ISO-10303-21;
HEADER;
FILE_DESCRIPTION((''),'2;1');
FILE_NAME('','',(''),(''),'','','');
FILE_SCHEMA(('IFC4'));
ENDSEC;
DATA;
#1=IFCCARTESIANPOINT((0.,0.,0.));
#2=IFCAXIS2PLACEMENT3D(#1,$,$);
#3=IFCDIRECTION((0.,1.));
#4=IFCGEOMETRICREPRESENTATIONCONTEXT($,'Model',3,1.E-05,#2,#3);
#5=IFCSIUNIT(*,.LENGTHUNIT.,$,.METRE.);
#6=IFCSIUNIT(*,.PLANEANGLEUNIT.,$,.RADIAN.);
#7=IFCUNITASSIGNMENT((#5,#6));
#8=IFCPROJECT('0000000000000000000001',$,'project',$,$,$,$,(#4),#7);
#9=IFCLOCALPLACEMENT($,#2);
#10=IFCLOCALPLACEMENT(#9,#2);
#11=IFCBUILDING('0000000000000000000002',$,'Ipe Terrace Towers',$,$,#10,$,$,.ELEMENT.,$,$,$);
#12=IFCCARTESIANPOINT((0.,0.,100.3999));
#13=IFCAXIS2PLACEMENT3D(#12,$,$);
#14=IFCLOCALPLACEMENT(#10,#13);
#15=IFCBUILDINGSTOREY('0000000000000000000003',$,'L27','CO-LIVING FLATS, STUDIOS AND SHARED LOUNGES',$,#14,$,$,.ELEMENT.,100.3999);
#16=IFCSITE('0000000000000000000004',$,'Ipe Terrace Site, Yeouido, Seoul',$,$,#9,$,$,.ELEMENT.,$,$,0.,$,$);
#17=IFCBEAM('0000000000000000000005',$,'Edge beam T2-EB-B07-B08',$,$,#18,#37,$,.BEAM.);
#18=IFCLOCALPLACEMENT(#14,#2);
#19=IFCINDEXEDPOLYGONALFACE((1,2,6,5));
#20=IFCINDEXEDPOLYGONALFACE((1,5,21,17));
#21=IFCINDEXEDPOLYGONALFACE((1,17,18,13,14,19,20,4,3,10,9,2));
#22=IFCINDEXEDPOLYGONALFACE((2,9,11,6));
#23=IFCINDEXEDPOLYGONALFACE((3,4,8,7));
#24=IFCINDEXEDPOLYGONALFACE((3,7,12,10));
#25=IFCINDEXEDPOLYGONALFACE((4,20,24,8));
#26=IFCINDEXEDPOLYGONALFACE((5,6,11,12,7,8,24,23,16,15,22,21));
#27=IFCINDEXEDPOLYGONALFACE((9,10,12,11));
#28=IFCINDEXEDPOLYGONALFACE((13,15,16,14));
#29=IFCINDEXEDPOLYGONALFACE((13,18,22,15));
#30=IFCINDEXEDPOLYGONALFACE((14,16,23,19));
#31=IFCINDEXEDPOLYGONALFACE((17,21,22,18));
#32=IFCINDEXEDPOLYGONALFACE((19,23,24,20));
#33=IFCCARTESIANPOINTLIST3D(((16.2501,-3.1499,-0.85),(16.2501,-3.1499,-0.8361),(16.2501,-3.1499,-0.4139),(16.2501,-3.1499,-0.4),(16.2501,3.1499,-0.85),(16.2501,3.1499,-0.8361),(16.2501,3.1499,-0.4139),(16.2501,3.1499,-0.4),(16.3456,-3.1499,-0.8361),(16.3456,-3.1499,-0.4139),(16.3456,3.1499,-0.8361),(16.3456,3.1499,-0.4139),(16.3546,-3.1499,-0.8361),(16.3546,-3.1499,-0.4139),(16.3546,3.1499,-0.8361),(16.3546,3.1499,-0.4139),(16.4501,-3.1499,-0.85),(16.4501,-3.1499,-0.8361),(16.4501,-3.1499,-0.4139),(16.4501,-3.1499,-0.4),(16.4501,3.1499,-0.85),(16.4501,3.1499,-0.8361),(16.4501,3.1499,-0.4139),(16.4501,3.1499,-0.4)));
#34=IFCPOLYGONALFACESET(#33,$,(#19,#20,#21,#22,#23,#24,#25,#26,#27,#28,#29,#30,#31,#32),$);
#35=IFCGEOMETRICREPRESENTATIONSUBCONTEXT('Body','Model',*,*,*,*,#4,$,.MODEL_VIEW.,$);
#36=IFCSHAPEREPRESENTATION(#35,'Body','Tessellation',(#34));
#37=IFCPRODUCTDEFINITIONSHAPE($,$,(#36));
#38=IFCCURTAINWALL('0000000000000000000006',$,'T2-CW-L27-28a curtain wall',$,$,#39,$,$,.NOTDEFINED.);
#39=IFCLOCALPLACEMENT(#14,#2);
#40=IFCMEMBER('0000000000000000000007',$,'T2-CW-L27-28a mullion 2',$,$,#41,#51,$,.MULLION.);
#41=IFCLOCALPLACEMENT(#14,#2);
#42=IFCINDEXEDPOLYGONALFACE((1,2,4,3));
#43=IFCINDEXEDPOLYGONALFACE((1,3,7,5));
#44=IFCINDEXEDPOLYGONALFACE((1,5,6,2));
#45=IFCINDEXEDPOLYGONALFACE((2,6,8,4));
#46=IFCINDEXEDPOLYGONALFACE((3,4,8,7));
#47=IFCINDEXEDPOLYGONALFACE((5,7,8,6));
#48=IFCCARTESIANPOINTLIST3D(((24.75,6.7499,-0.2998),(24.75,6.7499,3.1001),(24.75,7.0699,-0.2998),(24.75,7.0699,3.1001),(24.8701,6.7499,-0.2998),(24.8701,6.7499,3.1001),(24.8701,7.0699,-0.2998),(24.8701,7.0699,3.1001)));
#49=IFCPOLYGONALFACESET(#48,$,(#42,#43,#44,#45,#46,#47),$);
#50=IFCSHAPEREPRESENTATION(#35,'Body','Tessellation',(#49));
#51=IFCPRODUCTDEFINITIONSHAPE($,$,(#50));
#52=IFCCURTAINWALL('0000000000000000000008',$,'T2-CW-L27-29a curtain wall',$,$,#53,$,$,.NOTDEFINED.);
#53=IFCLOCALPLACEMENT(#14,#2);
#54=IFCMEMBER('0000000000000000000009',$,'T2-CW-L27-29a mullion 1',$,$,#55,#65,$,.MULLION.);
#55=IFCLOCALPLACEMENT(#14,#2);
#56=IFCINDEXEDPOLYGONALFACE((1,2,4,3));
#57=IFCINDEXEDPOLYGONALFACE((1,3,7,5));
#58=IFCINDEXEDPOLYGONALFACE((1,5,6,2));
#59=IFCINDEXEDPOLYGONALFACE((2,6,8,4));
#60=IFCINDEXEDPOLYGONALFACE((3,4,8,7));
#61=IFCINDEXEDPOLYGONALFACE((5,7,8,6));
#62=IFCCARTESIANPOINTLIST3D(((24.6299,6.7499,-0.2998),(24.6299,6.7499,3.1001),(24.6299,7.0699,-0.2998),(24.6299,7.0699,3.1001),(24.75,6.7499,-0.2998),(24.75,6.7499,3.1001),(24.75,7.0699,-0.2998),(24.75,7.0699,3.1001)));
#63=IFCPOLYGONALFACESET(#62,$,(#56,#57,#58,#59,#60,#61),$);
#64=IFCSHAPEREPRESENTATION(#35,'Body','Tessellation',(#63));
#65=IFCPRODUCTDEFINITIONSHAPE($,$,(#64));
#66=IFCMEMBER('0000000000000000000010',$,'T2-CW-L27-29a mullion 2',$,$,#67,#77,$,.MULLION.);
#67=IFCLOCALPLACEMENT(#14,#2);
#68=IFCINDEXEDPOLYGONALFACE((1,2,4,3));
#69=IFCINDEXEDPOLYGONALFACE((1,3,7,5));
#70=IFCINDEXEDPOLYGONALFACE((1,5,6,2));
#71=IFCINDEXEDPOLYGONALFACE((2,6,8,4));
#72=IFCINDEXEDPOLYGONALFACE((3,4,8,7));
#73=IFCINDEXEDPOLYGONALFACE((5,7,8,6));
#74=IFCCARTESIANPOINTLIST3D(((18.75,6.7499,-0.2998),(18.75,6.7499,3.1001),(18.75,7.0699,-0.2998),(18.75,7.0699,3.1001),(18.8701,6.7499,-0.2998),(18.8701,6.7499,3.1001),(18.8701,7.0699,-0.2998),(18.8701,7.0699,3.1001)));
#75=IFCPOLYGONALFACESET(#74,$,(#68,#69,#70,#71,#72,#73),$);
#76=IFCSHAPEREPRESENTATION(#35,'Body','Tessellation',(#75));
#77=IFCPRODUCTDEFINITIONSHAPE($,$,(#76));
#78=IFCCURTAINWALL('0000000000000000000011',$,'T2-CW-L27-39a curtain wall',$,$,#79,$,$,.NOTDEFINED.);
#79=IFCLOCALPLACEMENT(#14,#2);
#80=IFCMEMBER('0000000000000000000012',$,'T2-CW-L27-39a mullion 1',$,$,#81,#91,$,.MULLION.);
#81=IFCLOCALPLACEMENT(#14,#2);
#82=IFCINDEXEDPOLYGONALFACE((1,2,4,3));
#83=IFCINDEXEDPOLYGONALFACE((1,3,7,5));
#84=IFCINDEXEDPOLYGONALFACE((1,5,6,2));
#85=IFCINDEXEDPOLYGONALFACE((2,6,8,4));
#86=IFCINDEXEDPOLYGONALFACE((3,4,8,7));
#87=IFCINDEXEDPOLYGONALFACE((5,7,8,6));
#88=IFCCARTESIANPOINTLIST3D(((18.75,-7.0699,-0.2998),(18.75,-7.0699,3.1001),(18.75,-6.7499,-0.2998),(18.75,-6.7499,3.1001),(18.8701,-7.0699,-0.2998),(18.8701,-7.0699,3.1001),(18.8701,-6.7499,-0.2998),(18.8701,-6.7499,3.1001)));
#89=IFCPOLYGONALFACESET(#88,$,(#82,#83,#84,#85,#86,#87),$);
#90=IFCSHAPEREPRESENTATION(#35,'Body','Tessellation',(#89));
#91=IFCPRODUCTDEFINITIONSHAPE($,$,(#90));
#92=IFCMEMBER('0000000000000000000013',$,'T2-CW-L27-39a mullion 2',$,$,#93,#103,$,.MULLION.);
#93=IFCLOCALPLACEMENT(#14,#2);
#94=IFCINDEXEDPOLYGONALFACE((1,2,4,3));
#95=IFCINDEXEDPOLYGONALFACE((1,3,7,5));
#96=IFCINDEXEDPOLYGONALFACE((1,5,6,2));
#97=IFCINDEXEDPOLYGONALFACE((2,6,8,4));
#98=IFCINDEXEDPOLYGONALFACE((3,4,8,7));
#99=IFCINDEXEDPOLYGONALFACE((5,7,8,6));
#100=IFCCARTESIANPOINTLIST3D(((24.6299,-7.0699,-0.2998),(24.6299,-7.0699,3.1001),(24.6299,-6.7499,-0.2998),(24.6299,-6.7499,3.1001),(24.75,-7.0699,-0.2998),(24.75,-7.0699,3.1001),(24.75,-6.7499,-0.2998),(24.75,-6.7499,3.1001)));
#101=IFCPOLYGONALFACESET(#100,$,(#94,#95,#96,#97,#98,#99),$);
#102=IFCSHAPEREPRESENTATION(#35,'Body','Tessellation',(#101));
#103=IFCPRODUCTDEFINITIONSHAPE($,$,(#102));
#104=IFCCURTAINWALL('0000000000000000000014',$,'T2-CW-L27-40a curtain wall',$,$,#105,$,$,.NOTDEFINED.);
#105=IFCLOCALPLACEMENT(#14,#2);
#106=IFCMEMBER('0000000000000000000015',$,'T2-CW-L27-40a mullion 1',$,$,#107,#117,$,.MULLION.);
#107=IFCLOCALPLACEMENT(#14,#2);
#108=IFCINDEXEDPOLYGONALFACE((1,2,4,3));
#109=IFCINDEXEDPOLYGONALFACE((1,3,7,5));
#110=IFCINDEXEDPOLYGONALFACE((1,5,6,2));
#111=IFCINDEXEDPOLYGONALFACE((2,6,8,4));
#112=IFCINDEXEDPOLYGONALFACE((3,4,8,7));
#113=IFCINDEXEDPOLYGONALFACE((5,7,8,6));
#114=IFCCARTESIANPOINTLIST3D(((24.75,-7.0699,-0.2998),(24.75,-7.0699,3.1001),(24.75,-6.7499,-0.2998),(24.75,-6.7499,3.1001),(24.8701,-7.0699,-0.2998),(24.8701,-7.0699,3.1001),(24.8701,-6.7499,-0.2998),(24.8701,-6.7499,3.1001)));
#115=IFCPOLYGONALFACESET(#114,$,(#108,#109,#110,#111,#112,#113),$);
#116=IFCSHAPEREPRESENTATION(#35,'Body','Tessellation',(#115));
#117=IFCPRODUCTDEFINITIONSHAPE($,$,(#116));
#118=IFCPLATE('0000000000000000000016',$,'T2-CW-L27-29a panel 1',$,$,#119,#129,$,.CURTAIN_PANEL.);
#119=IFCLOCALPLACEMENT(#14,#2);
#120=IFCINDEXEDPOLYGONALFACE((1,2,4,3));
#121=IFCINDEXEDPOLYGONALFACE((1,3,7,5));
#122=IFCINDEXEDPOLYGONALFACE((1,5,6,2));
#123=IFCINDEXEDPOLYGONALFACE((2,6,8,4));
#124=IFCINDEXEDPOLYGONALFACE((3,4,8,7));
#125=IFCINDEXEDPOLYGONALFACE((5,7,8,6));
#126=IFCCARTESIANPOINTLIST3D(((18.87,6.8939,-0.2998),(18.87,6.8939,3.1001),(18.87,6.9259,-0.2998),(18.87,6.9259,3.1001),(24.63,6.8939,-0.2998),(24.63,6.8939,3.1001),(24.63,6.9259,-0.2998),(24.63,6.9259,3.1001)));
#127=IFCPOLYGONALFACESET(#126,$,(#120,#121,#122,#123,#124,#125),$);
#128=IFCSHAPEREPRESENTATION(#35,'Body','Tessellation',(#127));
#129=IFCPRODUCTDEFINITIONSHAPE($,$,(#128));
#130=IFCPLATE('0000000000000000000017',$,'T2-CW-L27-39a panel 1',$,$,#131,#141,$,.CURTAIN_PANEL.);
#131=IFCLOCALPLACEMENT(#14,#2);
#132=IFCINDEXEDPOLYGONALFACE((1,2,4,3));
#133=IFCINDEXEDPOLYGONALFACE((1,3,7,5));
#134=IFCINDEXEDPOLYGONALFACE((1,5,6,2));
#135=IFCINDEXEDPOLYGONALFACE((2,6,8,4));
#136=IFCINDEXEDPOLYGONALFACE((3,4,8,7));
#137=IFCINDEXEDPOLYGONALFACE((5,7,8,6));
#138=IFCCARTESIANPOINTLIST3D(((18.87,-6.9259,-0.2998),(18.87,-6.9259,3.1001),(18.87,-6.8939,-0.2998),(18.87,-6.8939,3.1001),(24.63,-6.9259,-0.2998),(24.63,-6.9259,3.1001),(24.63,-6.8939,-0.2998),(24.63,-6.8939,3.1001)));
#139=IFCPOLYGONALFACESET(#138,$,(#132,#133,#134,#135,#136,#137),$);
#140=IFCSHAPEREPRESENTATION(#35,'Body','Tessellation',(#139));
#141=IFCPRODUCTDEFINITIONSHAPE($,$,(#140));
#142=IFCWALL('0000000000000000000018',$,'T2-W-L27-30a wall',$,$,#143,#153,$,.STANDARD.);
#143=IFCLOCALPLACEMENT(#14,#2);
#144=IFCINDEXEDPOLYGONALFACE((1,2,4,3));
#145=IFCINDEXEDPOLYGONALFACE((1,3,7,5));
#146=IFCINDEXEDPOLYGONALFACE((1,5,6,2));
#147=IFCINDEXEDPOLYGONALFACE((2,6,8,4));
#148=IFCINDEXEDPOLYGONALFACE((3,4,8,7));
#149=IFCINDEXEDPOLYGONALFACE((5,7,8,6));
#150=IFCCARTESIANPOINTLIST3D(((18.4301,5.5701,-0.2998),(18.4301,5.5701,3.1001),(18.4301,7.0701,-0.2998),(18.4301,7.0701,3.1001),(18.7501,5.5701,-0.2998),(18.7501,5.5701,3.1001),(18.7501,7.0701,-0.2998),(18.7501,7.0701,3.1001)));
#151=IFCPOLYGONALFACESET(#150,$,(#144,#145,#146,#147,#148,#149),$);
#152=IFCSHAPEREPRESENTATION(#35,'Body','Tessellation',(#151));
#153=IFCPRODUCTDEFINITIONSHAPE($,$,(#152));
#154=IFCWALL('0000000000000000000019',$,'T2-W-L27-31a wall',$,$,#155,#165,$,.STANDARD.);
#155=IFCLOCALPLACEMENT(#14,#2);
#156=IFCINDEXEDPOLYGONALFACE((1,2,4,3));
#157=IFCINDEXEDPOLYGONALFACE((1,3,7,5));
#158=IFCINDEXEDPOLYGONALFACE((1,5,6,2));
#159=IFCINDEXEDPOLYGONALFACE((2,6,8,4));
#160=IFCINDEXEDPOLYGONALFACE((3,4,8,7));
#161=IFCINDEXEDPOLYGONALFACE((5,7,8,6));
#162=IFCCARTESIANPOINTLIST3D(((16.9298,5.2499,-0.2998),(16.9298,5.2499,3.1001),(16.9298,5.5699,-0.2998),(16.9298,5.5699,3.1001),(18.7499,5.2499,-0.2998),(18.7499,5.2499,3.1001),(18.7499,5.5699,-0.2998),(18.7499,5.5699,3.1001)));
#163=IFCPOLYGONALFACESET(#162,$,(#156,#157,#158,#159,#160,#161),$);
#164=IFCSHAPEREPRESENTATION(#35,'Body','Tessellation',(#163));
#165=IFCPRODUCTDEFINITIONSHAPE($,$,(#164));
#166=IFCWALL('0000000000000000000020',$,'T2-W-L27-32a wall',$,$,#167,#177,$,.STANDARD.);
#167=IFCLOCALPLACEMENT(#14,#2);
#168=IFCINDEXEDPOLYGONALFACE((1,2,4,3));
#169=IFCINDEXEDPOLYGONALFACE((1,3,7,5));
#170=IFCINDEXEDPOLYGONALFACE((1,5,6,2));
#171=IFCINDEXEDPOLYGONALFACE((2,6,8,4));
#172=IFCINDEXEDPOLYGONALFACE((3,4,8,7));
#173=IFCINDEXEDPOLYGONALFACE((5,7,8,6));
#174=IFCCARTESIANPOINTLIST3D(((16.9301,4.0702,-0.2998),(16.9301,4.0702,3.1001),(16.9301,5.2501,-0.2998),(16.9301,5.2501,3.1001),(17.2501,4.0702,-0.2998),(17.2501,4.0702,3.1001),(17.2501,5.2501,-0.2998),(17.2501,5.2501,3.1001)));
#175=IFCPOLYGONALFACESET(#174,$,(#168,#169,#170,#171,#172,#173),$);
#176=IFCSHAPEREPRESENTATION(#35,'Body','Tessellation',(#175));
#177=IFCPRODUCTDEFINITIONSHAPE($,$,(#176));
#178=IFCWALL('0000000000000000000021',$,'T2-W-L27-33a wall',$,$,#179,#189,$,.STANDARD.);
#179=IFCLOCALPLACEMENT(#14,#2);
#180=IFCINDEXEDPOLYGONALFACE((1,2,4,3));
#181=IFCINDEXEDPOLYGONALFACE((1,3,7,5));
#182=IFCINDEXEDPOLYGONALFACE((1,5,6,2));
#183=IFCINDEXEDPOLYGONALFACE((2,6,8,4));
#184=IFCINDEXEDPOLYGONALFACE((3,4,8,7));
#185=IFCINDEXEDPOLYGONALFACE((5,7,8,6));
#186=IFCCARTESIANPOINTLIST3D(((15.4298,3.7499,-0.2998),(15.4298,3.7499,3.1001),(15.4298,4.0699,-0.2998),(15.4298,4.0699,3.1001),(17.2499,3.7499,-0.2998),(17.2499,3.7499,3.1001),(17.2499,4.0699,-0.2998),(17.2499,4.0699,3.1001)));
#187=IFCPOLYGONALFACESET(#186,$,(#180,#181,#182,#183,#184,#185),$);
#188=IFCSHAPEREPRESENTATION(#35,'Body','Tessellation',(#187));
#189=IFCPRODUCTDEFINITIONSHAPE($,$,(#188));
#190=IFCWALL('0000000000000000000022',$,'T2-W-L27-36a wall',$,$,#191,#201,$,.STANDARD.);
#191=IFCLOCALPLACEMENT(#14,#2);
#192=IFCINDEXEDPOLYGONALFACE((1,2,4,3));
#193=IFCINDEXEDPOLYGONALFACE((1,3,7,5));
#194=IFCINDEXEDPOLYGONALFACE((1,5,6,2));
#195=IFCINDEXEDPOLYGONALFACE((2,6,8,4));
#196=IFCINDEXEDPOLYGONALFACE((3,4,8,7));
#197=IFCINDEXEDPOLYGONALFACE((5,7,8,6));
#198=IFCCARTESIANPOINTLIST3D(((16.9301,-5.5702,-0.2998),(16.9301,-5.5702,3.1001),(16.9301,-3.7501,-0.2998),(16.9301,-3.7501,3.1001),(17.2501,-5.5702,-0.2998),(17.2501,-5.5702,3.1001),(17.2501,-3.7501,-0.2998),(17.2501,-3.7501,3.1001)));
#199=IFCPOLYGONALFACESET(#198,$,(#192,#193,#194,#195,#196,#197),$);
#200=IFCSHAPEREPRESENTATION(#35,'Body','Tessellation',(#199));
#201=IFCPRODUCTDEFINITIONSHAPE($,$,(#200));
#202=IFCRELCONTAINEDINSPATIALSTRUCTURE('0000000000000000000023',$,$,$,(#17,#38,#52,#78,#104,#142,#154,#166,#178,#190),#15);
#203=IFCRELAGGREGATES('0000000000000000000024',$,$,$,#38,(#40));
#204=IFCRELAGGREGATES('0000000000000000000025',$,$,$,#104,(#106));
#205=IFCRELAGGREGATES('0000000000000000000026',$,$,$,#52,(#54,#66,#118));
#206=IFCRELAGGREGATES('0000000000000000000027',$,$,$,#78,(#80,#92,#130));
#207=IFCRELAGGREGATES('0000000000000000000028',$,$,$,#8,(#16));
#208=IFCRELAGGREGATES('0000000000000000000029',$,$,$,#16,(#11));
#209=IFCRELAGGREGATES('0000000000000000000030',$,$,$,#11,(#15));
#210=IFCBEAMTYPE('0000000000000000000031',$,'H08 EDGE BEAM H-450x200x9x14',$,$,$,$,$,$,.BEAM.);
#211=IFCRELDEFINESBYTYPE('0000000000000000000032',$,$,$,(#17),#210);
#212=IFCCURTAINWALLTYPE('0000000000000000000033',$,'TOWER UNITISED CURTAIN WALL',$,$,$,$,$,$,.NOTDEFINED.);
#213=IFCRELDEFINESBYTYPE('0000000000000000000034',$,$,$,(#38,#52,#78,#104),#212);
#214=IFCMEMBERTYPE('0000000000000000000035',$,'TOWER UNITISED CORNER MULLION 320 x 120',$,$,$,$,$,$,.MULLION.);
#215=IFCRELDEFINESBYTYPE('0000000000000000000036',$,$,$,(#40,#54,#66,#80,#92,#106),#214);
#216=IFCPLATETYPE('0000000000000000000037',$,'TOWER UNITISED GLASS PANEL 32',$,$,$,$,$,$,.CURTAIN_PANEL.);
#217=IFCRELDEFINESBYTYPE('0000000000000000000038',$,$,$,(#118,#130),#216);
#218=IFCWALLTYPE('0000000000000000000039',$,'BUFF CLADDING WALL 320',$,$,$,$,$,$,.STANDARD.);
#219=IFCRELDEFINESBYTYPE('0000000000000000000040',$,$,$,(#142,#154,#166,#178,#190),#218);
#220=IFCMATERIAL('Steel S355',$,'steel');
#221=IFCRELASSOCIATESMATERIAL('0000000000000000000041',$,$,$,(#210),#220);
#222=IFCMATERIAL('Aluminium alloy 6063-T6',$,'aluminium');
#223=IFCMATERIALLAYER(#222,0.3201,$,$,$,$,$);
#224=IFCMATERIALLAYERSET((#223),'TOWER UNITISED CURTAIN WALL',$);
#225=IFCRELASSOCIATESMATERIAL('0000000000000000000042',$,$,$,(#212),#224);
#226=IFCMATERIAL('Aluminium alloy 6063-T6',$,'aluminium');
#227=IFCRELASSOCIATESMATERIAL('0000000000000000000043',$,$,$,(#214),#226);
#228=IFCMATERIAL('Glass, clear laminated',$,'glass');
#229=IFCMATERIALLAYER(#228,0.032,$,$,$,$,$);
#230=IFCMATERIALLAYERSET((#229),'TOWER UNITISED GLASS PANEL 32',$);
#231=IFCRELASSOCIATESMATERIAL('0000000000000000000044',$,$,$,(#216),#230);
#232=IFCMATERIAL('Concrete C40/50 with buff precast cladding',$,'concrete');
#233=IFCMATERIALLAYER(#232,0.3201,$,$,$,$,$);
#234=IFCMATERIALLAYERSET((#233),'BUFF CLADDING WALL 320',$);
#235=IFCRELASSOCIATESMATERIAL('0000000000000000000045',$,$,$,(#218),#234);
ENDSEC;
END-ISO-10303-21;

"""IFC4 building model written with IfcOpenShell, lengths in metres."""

from ifc_helpers import new_model, si_unit, direction, frame, frame_2d, origin, origin_2d, place, context, subcontext, project, spatial, rectangle, i_section, extrude, material, layer, layer_set, material_profile, profile_set, type_object, element, aggregate, save


model = new_model("IFC4")

# Units and contexts
model_context = context("Model", 3, precision=1e-05, world=origin(), true_north=direction((0.0, 1.0)))
body_context = subcontext(model_context, "Body", "Model", "MODEL_VIEW")
ifc_project = project(units=[si_unit("LENGTHUNIT", "METRE"), si_unit("PLANEANGLEUNIT", "RADIAN")], contexts=[model_context])

# Site, building, storey
site_placement = place(None, origin())
site = spatial("IfcSite", under=ifc_project, at=site_placement, Name="Ipe Terrace Site, Yeouido, Seoul", CompositionType="ELEMENT", RefElevation=0.0)
building_placement = place(site_placement, origin())
building = spatial("IfcBuilding", under=site, at=building_placement, Name="Ipe Terrace Towers", CompositionType="ELEMENT")
storey_placement = place(building_placement, frame((0.0, 0.0, 100.3999)))
storey = spatial("IfcBuildingStorey", under=building, at=storey_placement, Name="L27", Description="CO-LIVING FLATS, STUDIOS AND SHARED LOUNGES", CompositionType="ELEMENT", Elevation=100.3999)

# Beam
ifc_material_1 = material(Name="Steel S355", Category="steel")
ifc_material_profile_1 = material_profile(ifc_material_1, i_section(OverallWidth=0.2, OverallDepth=0.45, WebThickness=0.009, FlangeThickness=0.0139, at=origin_2d()), Name="H-450x200x9x14")
ifc_profile_set_1 = profile_set([ifc_material_profile_1], Name="Steel S355")
beam_type_1 = type_object("IfcBeamType", Name="H08 EDGE BEAM H-450x200x9x14", PredefinedType="BEAM", material=ifc_profile_set_1)
beam_placement = place(storey_placement, frame((16.3501, 3.1499, -0.625), z_axis=(0.0, -1.0, 0.0), x_axis=(1.0, 0.0, 0.0)))
element("IfcBeam", 1, at=beam_placement, inside=storey, type_object=beam_type_1, Name="Edge beam T2-EB-B07-B08", PredefinedType="BEAM", context=body_context, shape_type="SweptSolid", body=[
    extrude(i_section(OverallWidth=0.2, OverallDepth=0.45, WebThickness=0.009, FlangeThickness=0.0139, at=origin_2d()), origin(), (0.0, 0.0, 1.0), 6.2998),
])

# Curtain wall, member
ifc_material_2 = material(Name="Aluminium alloy 6063-T6", Category="aluminium")
ifc_layer_1 = layer(ifc_material_2, 0.3201)
ifc_layer_set_1 = layer_set([ifc_layer_1], Name="TOWER UNITISED CURTAIN WALL")
curtain_wall_type = type_object("IfcCurtainWallType", Name="TOWER UNITISED CURTAIN WALL", PredefinedType="NOTDEFINED", material=ifc_layer_set_1)
curtain_wall_1_placement = place(storey_placement, origin())
curtain_wall_1 = element("IfcCurtainWall", 2, at=curtain_wall_1_placement, inside=storey, type_object=curtain_wall_type, Name="T2-CW-L27-28a curtain wall", PredefinedType="NOTDEFINED")
ifc_material_3 = material(Name="Aluminium alloy 6063-T6", Category="aluminium")
ifc_material_profile_2 = material_profile(ifc_material_3, rectangle(XDim=0.3201, YDim=0.1201, at=origin_2d()), Name="TOWER UNITISED CORNER MULLION 320 x 120")
ifc_profile_set_2 = profile_set([ifc_material_profile_2], Name="Aluminium alloy 6063-T6")
member_type = type_object("IfcMemberType", Name="TOWER UNITISED CORNER MULLION 320 x 120", PredefinedType="MULLION", material=ifc_profile_set_2)
member_1_placement = place(storey_placement, frame((24.8101, 6.9099, -0.2998), z_axis=(0.0, 0.0, 1.0), x_axis=(0.0, 1.0, 0.0)))
member_1 = element("IfcMember", 3, at=member_1_placement, type_object=member_type, Name="T2-CW-L27-28a mullion 2", PredefinedType="MULLION", context=body_context, shape_type="SweptSolid", body=[
    extrude(rectangle(XDim=0.3201, YDim=0.1201, at=origin_2d()), origin(), (0.0, 0.0, 1.0), 3.3999),
])
aggregate(curtain_wall_1, [member_1])

# Curtain walls, members
curtain_wall_2_placement = place(storey_placement, origin())
curtain_wall_2 = element("IfcCurtainWall", 4, at=curtain_wall_2_placement, inside=storey, type_object=curtain_wall_type, Name="T2-CW-L27-29a curtain wall", PredefinedType="NOTDEFINED")
member_2_placement = place(storey_placement, frame((24.6899, 6.9099, -0.2998), z_axis=(0.0, 0.0, 1.0), x_axis=(0.0, 1.0, 0.0)))
member_2 = element("IfcMember", 5, at=member_2_placement, type_object=member_type, Name="T2-CW-L27-29a mullion 1", PredefinedType="MULLION", context=body_context, shape_type="SweptSolid", body=[
    extrude(rectangle(XDim=0.3201, YDim=0.1201, at=origin_2d()), origin(), (0.0, 0.0, 1.0), 3.3999),
])
member_3_placement = place(storey_placement, frame((18.8101, 6.9099, -0.2998), z_axis=(0.0, 0.0, 1.0), x_axis=(0.0, 1.0, 0.0)))
member_3 = element("IfcMember", 6, at=member_3_placement, type_object=member_type, Name="T2-CW-L27-29a mullion 2", PredefinedType="MULLION", context=body_context, shape_type="SweptSolid", body=[
    extrude(rectangle(XDim=0.3201, YDim=0.1201, at=origin_2d()), origin(), (0.0, 0.0, 1.0), 3.3999),
])
curtain_wall_3_placement = place(storey_placement, origin())
curtain_wall_3 = element("IfcCurtainWall", 7, at=curtain_wall_3_placement, inside=storey, type_object=curtain_wall_type, Name="T2-CW-L27-39a curtain wall", PredefinedType="NOTDEFINED")
member_4_placement = place(storey_placement, frame((18.8101, -6.9099, -0.2998), z_axis=(0.0, 0.0, 1.0), x_axis=(0.0, -1.0, 0.0)))
member_4 = element("IfcMember", 8, at=member_4_placement, type_object=member_type, Name="T2-CW-L27-39a mullion 1", PredefinedType="MULLION", context=body_context, shape_type="SweptSolid", body=[
    extrude(rectangle(XDim=0.3201, YDim=0.1201, at=origin_2d()), origin(), (0.0, 0.0, 1.0), 3.3999),
])
member_5_placement = place(storey_placement, frame((24.6899, -6.9099, -0.2998), z_axis=(0.0, 0.0, 1.0), x_axis=(0.0, -1.0, 0.0)))
member_5 = element("IfcMember", 9, at=member_5_placement, type_object=member_type, Name="T2-CW-L27-39a mullion 2", PredefinedType="MULLION", context=body_context, shape_type="SweptSolid", body=[
    extrude(rectangle(XDim=0.3201, YDim=0.1201, at=origin_2d()), origin(), (0.0, 0.0, 1.0), 3.3999),
])

# Curtain wall, member
curtain_wall_4_placement = place(storey_placement, origin())
curtain_wall_4 = element("IfcCurtainWall", 10, at=curtain_wall_4_placement, inside=storey, type_object=curtain_wall_type, Name="T2-CW-L27-40a curtain wall", PredefinedType="NOTDEFINED")
member_6_placement = place(storey_placement, frame((24.8101, -6.9099, -0.2998), z_axis=(0.0, 0.0, 1.0), x_axis=(0.0, -1.0, 0.0)))
member_6 = element("IfcMember", 11, at=member_6_placement, type_object=member_type, Name="T2-CW-L27-40a mullion 1", PredefinedType="MULLION", context=body_context, shape_type="SweptSolid", body=[
    extrude(rectangle(XDim=0.3201, YDim=0.1201, at=origin_2d()), origin(), (0.0, 0.0, 1.0), 3.3999),
])
aggregate(curtain_wall_4, [member_6])

# Plates
ifc_material_4 = material(Name="Glass, clear laminated", Category="glass")
ifc_layer_2 = layer(ifc_material_4, 0.032)
ifc_layer_set_2 = layer_set([ifc_layer_2], Name="TOWER UNITISED GLASS PANEL 32")
plate_type = type_object("IfcPlateType", Name="TOWER UNITISED GLASS PANEL 32", PredefinedType="CURTAIN_PANEL", material=ifc_layer_set_2)
plate_1_placement = place(storey_placement, frame((21.75, 6.9099, -0.2998), z_axis=(0.0, 0.0, 1.0), x_axis=(-1.0, 0.0, 0.0)))
plate_1 = element("IfcPlate", 12, at=plate_1_placement, type_object=plate_type, Name="T2-CW-L27-29a panel 1", PredefinedType="CURTAIN_PANEL", context=body_context, shape_type="SweptSolid", body=[
    extrude(rectangle(XDim=5.76, YDim=0.032, at=origin_2d()), origin(), (0.0, 0.0, 1.0), 3.3999),
])
aggregate(curtain_wall_2, [member_2, member_3, plate_1])
plate_2_placement = place(storey_placement, frame((21.75, -6.9099, -0.2998), z_axis=(0.0, 0.0, 1.0), x_axis=(1.0, 0.0, 0.0)))
plate_2 = element("IfcPlate", 13, at=plate_2_placement, type_object=plate_type, Name="T2-CW-L27-39a panel 1", PredefinedType="CURTAIN_PANEL", context=body_context, shape_type="SweptSolid", body=[
    extrude(rectangle(XDim=5.76, YDim=0.032, at=origin_2d()), origin(), (0.0, 0.0, 1.0), 3.3999),
])
aggregate(curtain_wall_3, [member_4, member_5, plate_2])

# Walls
ifc_material_5 = material(Name="Concrete C40/50 with buff precast cladding", Category="concrete")
ifc_layer_3 = layer(ifc_material_5, 0.3201)
ifc_layer_set_3 = layer_set([ifc_layer_3], Name="BUFF CLADDING WALL 320")
wall_type_1 = type_object("IfcWallType", Name="BUFF CLADDING WALL 320", PredefinedType="STANDARD", material=ifc_layer_set_3)
wall_1_placement = place(storey_placement, frame((18.5901, 7.0701, -0.2998), z_axis=(0.0, 0.0, 1.0), x_axis=(0.0, -1.0, 0.0)))
element("IfcWall", 14, at=wall_1_placement, inside=storey, type_object=wall_type_1, Name="T2-W-L27-30a wall", PredefinedType="STANDARD", context=body_context, shape_type="SweptSolid", body=[
    extrude(rectangle(XDim=1.5, YDim=0.3201, at=frame_2d((0.75, 0.0))), origin(), (0.0, 0.0, 1.0), 3.3999),
])
wall_2_placement = place(storey_placement, frame((18.75, 5.4099, -0.2998), z_axis=(0.0, 0.0, 1.0), x_axis=(-1.0, 0.0, 0.0)))
element("IfcWall", 15, at=wall_2_placement, inside=storey, type_object=wall_type_1, Name="T2-W-L27-31a wall", PredefinedType="STANDARD", context=body_context, shape_type="SweptSolid", body=[
    extrude(rectangle(XDim=1.8201, YDim=0.3201, at=frame_2d((0.9102, 0.0))), origin(), (0.0, 0.0, 1.0), 3.3999),
])
wall_3_placement = place(storey_placement, frame((17.0901, 5.25, -0.2998), z_axis=(0.0, 0.0, 1.0), x_axis=(0.0, -1.0, 0.0)))
element("IfcWall", 16, at=wall_3_placement, inside=storey, type_object=wall_type_1, Name="T2-W-L27-32a wall", PredefinedType="STANDARD", context=body_context, shape_type="SweptSolid", body=[
    extrude(rectangle(XDim=1.1799, YDim=0.3201, at=frame_2d((0.5898, 0.0))), origin(), (0.0, 0.0, 1.0), 3.3999),
])
for number, where, z_axis, x_axis, name in (
    (17, (17.25, 3.9099, -0.2998), (0.0, 0.0, 1.0), (-1.0, 0.0, 0.0), "T2-W-L27-33a wall"),
    (18, (17.0901, -3.75, -0.2998), (0.0, 0.0, 1.0), (0.0, -1.0, 0.0), "T2-W-L27-36a wall"),
):
    element("IfcWall", number, at=place(storey_placement, frame(where, z_axis=z_axis, x_axis=x_axis)), inside=storey, type_object=wall_type_1, Name=name, PredefinedType="STANDARD", context=body_context, shape_type="SweptSolid", body=[
        extrude(rectangle(XDim=1.8201, YDim=0.3201, at=frame_2d((0.9102, 0.0))), origin(), (0.0, 0.0, 1.0), 3.3999),
    ])

save(model, "model.ifc")
